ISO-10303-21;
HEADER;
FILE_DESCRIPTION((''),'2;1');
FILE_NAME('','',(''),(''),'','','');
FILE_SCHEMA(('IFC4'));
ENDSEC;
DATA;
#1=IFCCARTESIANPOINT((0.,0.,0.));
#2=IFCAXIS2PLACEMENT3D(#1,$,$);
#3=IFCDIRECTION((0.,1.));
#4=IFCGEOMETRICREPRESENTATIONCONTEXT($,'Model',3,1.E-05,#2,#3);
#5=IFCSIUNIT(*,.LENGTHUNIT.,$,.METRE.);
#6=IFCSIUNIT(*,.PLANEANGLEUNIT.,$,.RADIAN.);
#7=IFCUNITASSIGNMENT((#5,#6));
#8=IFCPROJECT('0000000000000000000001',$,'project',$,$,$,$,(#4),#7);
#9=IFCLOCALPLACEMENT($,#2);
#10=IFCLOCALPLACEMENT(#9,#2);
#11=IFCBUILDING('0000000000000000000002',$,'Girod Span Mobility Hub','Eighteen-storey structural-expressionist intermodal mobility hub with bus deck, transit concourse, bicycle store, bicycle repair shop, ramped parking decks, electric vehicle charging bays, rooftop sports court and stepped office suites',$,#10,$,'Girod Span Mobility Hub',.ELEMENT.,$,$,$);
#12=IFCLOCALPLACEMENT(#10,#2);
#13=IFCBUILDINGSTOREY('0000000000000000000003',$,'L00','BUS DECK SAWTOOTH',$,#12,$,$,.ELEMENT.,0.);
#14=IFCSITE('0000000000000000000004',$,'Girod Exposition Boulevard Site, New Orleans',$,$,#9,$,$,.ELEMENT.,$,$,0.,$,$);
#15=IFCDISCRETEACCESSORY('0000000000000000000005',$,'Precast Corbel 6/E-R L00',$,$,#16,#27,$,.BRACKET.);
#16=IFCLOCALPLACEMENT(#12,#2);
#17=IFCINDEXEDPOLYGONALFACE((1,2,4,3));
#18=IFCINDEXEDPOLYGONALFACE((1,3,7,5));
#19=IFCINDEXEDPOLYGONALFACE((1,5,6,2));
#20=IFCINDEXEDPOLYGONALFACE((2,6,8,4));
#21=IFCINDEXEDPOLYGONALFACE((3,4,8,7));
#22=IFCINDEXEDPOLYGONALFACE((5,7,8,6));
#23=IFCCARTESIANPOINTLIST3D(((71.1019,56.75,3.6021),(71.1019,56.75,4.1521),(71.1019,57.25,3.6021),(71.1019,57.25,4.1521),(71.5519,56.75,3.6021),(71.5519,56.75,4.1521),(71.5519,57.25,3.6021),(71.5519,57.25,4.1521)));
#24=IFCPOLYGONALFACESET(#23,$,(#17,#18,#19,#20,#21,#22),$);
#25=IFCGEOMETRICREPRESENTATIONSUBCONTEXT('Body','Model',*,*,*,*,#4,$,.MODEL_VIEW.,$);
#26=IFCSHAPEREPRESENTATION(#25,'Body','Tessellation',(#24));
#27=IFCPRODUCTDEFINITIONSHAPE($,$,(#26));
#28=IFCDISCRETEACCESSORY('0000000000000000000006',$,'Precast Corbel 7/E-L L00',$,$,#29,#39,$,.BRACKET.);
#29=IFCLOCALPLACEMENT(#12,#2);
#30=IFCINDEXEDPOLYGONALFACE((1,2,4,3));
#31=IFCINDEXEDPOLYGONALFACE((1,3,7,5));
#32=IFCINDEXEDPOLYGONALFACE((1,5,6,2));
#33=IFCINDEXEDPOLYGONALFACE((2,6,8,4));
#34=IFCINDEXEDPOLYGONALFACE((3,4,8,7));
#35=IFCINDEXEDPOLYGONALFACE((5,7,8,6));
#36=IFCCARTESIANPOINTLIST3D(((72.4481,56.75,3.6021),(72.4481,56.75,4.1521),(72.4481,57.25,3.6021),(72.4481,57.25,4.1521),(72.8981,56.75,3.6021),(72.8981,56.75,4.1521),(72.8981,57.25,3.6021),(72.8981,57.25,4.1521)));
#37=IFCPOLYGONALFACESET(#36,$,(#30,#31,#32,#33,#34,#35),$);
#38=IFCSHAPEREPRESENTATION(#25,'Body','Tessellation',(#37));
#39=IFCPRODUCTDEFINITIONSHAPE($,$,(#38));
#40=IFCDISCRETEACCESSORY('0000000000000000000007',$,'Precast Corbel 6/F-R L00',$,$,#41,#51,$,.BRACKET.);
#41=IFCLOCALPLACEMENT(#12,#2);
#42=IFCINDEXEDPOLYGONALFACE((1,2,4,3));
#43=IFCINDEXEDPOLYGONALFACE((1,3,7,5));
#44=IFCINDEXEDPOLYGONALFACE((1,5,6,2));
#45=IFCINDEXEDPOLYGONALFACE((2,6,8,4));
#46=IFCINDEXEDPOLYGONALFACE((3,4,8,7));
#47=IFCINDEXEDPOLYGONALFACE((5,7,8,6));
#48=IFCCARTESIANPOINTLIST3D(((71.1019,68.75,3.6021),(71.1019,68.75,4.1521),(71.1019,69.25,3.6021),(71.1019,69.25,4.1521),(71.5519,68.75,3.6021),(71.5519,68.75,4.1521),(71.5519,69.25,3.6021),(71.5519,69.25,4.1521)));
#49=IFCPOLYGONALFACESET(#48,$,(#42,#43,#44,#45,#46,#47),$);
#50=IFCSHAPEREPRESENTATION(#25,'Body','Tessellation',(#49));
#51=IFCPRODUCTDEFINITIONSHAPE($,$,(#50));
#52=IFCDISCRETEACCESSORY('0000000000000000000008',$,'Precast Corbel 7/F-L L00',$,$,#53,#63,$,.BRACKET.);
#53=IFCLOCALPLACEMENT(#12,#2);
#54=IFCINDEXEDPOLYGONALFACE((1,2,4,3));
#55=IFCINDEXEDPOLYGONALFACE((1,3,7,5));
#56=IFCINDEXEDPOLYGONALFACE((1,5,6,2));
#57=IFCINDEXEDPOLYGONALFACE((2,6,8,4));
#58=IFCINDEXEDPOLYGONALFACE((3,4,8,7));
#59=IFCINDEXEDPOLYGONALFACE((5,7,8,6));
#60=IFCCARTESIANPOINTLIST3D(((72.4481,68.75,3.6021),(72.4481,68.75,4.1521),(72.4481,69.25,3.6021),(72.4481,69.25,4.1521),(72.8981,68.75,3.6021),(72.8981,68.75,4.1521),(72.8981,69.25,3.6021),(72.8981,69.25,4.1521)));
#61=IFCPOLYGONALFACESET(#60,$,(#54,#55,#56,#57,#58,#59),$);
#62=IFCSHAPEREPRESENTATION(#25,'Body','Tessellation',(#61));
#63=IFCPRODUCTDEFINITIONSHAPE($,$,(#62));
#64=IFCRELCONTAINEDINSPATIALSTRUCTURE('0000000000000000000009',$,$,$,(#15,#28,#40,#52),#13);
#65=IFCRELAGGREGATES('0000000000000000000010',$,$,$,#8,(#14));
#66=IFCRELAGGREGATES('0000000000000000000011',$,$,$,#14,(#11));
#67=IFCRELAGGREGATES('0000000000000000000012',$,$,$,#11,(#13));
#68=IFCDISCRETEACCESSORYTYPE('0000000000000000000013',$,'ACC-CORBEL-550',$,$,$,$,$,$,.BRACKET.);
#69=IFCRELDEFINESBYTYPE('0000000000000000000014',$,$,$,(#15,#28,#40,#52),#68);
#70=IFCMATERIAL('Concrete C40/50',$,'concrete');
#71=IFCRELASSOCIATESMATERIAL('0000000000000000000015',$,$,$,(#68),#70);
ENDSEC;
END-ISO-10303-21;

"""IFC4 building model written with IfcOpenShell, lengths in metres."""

from ifc_helpers import new_model, si_unit, direction, frame, origin, origin_2d, place, context, subcontext, project, spatial, rectangle, extrude, material, type_object, element, save


model = new_model("IFC4")

# Units and contexts
model_context = context("Model", 3, precision=1e-05, world=origin(), true_north=direction((0.0, 1.0)))
body_context = subcontext(model_context, "Body", "Model", "MODEL_VIEW")
ifc_project = project(units=[si_unit("LENGTHUNIT", "METRE"), si_unit("PLANEANGLEUNIT", "RADIAN")], contexts=[model_context])

# Site, building, storey
site_placement = place(None, origin())
site = spatial("IfcSite", under=ifc_project, at=site_placement, Name="Girod Exposition Boulevard Site, New Orleans", CompositionType="ELEMENT", RefElevation=0.0)
building_placement = place(site_placement, origin())
building = spatial("IfcBuilding", under=site, at=building_placement, Name="Girod Span Mobility Hub", Description="Eighteen-storey structural-expressionist intermodal mobility hub with bus deck, transit concourse, bicycle store, bicycle repair shop, ramped parking decks, electric vehicle charging bays, rooftop sports court and stepped office suites", LongName="Girod Span Mobility Hub", CompositionType="ELEMENT")
storey_placement = place(building_placement, origin())
storey = spatial("IfcBuildingStorey", under=building, at=storey_placement, Name="L00", Description="BUS DECK SAWTOOTH", CompositionType="ELEMENT", Elevation=0.0)

# Discrete accessories
ifc_material_1 = material(Name="Concrete C40/50", Category="concrete")
discrete_accessory_type = type_object("IfcDiscreteAccessoryType", Name="ACC-CORBEL-550", PredefinedType="BRACKET", material=ifc_material_1)
for number, where, z_axis, x_axis, name in (
    (1, (71.3269, 57.0, 3.6021), (0.0, 0.0, 1.0), (1.0, 0.0, 0.0), "Precast Corbel 6/E-R L00"),
    (2, (72.6731, 57.0, 3.6021), (0.0, 0.0, 1.0), (1.0, 0.0, 0.0), "Precast Corbel 7/E-L L00"),
    (3, (71.3269, 69.0, 3.6021), (0.0, 0.0, 1.0), (1.0, 0.0, 0.0), "Precast Corbel 6/F-R L00"),
    (4, (72.6731, 69.0, 3.6021), (0.0, 0.0, 1.0), (1.0, 0.0, 0.0), "Precast Corbel 7/F-L L00"),
):
    element("IfcDiscreteAccessory", number, at=place(storey_placement, frame(where, z_axis=z_axis, x_axis=x_axis)), inside=storey, type_object=discrete_accessory_type, Name=name, PredefinedType="BRACKET", context=body_context, shape_type="SweptSolid", body=[
        extrude(rectangle(XDim=0.45, YDim=0.5, at=origin_2d()), origin(), (0.0, 0.0, 1.0), 0.55),
    ])

save(model, "model.ifc")
